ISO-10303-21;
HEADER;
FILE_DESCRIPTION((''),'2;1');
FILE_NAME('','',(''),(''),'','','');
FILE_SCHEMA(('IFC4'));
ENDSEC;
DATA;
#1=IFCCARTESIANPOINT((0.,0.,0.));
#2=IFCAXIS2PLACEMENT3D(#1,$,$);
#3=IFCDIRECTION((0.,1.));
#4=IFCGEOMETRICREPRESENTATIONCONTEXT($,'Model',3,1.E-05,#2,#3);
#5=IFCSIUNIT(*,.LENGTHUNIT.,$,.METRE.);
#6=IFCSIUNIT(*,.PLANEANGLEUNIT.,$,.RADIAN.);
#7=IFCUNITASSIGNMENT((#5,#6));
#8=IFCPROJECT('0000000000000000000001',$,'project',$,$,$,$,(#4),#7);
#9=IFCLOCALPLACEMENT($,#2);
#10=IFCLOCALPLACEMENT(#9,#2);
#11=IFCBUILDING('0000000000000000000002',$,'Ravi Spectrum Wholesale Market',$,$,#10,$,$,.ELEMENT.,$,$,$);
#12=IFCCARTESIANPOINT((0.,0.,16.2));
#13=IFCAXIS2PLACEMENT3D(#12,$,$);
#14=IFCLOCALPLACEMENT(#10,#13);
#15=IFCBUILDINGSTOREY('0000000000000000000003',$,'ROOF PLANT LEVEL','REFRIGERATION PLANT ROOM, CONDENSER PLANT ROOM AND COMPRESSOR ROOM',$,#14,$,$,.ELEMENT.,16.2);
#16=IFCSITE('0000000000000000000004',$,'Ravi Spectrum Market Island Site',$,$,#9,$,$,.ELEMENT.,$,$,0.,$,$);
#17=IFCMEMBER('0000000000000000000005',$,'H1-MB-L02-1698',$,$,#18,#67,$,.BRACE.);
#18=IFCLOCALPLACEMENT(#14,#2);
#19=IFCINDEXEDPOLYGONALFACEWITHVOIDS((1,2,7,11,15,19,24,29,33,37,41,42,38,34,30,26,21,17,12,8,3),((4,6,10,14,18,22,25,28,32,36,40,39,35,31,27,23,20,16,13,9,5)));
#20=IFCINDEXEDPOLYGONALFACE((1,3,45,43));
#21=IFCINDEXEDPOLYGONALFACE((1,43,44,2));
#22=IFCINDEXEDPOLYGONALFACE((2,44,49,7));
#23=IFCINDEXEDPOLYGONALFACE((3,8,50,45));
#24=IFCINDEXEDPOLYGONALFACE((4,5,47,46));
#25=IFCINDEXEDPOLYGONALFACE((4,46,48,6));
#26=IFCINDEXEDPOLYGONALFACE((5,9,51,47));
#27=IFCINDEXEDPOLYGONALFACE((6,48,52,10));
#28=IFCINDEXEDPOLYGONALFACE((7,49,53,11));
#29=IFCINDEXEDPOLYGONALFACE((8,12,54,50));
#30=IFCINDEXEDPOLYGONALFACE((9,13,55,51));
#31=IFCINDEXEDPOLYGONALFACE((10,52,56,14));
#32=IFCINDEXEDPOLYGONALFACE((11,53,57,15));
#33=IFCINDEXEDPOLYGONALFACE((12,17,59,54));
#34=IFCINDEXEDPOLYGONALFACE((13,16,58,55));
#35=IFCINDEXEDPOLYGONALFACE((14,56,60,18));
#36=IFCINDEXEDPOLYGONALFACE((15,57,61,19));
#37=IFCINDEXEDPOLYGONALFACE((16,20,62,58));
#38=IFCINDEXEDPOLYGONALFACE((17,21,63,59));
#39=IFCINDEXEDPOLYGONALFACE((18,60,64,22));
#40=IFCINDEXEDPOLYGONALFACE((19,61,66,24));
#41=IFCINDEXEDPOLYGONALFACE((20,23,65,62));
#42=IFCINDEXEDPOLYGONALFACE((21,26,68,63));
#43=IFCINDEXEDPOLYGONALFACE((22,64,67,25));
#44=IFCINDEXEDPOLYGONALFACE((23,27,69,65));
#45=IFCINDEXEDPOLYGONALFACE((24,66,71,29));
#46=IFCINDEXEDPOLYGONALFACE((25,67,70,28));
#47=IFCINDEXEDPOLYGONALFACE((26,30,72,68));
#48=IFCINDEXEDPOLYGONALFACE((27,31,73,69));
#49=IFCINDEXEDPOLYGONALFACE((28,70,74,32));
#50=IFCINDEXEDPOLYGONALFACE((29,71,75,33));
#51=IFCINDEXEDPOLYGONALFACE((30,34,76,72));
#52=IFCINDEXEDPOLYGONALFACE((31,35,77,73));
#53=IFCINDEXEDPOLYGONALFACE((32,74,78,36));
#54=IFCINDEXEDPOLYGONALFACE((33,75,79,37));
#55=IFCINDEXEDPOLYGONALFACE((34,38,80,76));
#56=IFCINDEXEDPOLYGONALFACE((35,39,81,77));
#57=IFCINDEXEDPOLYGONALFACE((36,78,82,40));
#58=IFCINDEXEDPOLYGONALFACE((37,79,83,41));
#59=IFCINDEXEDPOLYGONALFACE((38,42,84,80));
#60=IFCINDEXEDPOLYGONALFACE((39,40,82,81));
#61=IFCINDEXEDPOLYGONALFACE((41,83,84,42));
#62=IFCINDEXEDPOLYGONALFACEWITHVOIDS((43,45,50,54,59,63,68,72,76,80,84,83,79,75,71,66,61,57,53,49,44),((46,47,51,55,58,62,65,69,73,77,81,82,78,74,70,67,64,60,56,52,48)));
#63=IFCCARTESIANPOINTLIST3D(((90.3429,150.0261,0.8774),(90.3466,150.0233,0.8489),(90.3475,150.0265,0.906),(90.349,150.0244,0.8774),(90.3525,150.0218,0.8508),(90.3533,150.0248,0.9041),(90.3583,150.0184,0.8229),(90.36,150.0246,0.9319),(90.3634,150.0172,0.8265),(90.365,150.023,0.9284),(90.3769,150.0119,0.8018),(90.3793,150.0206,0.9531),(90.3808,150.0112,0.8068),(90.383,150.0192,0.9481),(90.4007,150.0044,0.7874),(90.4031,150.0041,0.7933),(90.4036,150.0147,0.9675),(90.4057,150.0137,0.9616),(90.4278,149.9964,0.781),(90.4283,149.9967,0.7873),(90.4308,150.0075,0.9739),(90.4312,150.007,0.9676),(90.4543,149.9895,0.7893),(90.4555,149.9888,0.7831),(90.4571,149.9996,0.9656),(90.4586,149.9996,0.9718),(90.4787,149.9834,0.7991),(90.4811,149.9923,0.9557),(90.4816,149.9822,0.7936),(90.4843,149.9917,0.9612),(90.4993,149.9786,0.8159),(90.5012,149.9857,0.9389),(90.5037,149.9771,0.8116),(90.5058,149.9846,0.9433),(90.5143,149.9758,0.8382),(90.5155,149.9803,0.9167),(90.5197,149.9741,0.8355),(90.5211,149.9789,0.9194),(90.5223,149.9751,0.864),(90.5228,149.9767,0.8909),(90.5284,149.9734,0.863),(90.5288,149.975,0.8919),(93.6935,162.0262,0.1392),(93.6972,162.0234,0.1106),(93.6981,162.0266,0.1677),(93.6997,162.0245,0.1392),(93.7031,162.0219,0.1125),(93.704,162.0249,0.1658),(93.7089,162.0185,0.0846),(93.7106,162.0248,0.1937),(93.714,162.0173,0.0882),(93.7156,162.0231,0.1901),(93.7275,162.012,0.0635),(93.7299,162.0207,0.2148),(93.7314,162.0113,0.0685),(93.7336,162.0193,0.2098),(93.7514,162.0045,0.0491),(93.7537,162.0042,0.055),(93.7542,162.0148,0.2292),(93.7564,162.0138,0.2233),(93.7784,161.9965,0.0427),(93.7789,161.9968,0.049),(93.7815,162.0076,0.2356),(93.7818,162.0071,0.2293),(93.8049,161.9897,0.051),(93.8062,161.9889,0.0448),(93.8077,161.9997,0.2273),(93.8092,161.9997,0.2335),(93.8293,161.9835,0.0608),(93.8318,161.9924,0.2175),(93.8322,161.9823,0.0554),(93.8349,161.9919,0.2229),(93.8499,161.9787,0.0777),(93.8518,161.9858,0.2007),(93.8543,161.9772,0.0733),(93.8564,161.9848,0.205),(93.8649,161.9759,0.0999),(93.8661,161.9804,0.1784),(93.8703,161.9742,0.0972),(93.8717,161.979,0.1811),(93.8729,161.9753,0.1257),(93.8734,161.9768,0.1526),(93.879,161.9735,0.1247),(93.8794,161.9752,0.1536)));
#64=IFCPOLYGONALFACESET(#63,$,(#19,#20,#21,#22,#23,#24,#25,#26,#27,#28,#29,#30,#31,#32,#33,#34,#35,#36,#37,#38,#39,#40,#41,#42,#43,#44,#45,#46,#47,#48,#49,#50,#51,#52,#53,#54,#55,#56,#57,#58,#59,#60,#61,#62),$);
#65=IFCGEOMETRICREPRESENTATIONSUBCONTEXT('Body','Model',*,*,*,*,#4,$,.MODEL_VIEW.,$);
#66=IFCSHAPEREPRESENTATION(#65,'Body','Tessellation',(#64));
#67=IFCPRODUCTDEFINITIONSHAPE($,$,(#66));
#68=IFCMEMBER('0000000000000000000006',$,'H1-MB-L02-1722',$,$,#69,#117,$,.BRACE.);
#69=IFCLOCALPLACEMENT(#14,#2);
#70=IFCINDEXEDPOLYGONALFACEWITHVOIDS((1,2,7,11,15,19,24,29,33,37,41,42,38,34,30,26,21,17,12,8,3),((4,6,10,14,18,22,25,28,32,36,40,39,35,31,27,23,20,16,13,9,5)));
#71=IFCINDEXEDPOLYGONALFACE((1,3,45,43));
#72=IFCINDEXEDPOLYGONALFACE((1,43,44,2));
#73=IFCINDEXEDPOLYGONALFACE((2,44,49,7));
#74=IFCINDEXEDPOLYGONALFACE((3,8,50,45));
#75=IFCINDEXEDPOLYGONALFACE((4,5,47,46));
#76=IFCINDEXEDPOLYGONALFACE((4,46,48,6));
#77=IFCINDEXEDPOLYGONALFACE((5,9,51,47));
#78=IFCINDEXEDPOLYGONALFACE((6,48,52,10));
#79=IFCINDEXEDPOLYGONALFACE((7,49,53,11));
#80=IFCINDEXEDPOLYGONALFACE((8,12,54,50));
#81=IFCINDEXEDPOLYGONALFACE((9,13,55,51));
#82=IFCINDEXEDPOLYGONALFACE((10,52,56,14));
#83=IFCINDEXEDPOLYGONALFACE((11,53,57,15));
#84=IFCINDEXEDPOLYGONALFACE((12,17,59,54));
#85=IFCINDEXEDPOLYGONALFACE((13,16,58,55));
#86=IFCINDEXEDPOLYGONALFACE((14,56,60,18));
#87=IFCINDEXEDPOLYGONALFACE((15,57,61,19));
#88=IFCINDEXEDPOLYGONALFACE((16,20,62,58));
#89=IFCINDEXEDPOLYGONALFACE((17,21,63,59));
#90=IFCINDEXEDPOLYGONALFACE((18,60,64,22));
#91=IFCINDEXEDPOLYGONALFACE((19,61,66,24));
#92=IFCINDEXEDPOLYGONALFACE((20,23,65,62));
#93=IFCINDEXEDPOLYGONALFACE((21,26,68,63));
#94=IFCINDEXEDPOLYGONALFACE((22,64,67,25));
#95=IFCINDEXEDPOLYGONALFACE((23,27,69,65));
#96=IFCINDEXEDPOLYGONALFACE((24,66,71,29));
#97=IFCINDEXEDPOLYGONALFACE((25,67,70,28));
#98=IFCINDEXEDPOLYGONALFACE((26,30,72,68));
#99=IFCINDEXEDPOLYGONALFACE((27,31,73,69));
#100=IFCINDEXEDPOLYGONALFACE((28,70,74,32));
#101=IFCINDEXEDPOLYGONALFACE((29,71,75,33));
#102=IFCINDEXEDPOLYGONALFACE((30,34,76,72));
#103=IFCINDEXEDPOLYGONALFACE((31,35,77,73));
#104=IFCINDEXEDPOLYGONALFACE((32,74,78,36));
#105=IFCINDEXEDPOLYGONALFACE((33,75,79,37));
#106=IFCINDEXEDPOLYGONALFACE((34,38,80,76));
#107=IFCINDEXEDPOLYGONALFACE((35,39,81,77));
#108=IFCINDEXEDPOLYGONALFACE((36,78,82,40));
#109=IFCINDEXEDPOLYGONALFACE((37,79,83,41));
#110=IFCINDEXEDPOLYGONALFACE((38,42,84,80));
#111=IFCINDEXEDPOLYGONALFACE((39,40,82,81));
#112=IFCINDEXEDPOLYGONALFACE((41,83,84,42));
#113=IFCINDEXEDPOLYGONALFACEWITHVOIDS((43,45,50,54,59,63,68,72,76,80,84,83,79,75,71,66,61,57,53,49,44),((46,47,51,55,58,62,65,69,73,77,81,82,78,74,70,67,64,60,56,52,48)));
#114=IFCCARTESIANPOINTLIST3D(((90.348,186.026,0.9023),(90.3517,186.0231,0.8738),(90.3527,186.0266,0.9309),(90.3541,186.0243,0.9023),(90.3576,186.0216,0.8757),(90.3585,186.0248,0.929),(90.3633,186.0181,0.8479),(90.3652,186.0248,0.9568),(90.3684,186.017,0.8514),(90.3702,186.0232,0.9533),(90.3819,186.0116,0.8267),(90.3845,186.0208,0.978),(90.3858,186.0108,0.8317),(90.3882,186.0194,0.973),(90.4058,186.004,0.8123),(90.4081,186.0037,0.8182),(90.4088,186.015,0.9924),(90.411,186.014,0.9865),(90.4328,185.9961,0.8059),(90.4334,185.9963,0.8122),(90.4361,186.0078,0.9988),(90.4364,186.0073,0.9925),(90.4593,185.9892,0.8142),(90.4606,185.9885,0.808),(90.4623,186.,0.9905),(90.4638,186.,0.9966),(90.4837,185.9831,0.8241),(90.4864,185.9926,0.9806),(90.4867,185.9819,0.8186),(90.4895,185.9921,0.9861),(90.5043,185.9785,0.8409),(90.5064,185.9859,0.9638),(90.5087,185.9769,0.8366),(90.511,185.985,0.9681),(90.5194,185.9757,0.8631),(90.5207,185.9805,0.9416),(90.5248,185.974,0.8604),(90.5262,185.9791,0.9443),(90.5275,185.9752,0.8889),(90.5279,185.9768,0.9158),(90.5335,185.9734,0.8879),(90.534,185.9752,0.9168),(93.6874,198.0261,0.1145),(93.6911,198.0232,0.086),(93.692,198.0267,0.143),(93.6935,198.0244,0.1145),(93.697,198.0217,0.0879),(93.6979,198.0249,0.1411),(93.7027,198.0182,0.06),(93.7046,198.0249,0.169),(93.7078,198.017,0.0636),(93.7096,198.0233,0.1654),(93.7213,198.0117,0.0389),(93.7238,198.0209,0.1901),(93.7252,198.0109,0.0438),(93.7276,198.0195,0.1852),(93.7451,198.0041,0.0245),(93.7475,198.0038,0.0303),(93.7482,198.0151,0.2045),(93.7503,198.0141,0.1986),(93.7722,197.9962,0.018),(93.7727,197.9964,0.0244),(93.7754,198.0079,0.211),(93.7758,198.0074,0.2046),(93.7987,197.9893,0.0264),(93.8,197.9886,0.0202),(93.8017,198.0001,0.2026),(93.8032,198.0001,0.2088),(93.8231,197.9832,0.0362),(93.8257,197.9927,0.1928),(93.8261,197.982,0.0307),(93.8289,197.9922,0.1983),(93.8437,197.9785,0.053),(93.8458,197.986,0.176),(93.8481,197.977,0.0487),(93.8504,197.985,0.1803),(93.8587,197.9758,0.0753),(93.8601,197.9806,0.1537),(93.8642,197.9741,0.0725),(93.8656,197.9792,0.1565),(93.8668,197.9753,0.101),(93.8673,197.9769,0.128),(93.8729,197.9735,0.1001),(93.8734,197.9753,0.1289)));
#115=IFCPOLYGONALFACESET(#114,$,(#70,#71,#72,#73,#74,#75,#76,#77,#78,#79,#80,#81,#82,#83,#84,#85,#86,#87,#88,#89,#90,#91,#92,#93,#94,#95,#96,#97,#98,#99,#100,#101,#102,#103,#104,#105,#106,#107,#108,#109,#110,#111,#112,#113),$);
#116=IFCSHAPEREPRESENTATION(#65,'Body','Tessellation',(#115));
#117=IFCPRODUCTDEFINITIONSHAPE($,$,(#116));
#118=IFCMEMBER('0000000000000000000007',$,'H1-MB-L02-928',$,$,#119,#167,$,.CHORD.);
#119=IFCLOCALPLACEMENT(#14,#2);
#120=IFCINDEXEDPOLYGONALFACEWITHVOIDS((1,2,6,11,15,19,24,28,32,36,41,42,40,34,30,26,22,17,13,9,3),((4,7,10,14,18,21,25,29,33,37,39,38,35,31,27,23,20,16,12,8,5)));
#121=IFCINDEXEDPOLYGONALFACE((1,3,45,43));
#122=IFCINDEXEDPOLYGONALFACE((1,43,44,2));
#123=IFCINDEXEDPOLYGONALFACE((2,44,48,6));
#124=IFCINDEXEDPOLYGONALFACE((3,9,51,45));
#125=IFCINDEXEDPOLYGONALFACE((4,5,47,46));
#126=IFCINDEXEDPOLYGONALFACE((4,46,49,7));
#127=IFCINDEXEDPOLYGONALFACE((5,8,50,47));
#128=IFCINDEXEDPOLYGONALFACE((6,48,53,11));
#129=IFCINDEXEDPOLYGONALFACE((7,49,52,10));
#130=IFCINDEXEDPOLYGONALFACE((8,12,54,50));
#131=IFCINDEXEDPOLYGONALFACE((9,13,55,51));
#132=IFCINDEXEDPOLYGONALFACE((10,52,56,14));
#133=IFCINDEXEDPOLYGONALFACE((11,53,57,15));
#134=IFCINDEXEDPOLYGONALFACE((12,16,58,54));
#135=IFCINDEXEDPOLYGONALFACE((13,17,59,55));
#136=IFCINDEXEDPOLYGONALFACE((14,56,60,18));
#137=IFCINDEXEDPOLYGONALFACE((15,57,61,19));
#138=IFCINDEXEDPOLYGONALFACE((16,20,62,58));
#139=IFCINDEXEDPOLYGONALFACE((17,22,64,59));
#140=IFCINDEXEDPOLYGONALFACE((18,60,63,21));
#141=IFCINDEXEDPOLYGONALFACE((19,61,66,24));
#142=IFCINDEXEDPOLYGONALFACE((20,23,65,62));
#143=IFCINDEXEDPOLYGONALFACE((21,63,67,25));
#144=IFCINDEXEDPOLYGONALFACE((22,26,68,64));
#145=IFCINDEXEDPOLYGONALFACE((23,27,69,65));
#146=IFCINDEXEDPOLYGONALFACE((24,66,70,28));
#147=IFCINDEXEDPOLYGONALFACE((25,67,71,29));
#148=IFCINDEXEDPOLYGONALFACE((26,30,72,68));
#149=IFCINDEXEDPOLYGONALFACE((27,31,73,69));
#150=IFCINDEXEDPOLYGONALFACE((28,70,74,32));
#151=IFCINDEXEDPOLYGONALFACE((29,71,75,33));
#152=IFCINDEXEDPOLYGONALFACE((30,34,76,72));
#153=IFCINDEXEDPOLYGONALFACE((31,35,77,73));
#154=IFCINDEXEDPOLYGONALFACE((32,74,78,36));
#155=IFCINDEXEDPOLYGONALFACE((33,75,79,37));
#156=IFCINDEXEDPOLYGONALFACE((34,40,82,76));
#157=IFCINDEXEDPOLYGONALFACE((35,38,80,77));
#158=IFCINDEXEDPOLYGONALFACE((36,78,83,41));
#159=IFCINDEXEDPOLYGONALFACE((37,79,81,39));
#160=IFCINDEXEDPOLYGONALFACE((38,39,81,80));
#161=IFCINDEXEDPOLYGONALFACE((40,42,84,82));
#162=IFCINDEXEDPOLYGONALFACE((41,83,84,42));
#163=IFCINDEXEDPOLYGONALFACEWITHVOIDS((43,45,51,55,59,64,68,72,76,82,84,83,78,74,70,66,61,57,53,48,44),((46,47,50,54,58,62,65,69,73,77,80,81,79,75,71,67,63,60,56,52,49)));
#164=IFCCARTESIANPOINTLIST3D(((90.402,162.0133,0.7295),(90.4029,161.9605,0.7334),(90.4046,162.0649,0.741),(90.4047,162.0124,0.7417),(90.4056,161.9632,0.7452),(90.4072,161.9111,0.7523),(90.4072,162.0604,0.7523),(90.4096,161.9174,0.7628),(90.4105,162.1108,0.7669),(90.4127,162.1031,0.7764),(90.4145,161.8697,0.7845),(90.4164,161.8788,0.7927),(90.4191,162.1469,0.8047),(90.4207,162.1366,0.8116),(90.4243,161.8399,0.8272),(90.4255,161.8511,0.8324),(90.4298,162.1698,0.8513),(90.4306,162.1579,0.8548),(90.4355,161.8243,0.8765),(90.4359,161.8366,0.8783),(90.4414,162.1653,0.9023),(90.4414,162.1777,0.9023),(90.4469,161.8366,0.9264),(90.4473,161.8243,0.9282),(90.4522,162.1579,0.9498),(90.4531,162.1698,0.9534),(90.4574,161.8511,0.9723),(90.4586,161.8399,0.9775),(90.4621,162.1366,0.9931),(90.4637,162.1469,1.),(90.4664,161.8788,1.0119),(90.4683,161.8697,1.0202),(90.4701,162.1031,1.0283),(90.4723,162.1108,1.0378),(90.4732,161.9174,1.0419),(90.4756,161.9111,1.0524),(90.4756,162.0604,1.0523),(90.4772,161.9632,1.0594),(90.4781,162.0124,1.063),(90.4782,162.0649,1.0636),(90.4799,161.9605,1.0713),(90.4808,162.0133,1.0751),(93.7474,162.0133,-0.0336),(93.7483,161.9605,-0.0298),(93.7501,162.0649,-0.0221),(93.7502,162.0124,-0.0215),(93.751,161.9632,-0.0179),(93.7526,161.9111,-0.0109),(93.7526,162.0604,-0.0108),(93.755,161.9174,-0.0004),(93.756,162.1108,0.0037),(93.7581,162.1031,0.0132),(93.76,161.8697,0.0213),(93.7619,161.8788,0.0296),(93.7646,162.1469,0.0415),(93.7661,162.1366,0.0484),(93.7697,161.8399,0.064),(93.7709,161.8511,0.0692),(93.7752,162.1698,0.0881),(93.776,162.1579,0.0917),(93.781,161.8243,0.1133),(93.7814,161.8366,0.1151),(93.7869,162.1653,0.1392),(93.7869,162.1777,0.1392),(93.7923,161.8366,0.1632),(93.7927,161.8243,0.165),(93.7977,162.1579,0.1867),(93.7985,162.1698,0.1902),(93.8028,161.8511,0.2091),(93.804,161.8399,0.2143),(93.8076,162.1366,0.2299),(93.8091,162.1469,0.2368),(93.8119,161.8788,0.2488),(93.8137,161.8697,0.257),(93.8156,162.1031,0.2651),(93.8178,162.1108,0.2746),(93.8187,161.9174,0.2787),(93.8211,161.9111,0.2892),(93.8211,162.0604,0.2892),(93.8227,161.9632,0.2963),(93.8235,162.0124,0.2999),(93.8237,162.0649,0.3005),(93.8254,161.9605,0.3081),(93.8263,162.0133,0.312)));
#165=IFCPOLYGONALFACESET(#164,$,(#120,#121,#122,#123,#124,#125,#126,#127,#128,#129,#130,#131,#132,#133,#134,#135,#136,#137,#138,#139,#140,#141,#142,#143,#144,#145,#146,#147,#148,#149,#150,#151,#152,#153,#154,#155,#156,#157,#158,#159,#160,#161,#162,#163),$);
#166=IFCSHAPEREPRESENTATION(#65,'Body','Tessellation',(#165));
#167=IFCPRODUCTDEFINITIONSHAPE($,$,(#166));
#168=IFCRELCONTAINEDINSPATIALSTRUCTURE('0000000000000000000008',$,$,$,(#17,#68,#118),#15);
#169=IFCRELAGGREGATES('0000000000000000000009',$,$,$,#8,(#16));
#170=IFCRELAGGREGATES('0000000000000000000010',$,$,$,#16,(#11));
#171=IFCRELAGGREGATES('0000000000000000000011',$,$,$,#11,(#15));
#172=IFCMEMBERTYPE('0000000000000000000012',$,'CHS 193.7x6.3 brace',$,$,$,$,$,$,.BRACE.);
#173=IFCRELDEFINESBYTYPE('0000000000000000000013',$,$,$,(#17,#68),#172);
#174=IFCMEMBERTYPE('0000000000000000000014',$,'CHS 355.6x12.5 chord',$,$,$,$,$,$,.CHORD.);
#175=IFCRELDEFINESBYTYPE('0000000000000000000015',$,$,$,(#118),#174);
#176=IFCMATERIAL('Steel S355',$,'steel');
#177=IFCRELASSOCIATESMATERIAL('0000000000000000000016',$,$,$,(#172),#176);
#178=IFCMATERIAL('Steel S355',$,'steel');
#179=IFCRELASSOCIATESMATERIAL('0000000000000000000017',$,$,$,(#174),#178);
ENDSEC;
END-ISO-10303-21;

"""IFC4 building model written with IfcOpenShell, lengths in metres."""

from ifc_helpers import new_model, si_unit, direction, frame, origin, origin_2d, place, context, subcontext, project, spatial, hollow_circle, extrude, material, material_profile, profile_set, type_object, element, save


model = new_model("IFC4")

# Units and contexts
model_context = context("Model", 3, precision=1e-05, world=origin(), true_north=direction((0.0, 1.0)))
body_context = subcontext(model_context, "Body", "Model", "MODEL_VIEW")
ifc_project = project(units=[si_unit("LENGTHUNIT", "METRE"), si_unit("PLANEANGLEUNIT", "RADIAN")], contexts=[model_context])

# Site, building, storey
site_placement = place(None, origin())
site = spatial("IfcSite", under=ifc_project, at=site_placement, Name="Ravi Spectrum Market Island Site", CompositionType="ELEMENT", RefElevation=0.0)
building_placement = place(site_placement, origin())
building = spatial("IfcBuilding", under=site, at=building_placement, Name="Ravi Spectrum Wholesale Market", CompositionType="ELEMENT")
storey_placement = place(building_placement, frame((0.0, 0.0, 16.2)))
storey = spatial("IfcBuildingStorey", under=building, at=storey_placement, Name="ROOF PLANT LEVEL", Description="REFRIGERATION PLANT ROOM, CONDENSER PLANT ROOM AND COMPRESSOR ROOM", CompositionType="ELEMENT", Elevation=16.2)

# Members
ifc_material_1 = material(Name="Steel S355", Category="steel")
ifc_material_profile_1 = material_profile(ifc_material_1, hollow_circle(Radius=0.0969, WallThickness=0.0063, at=origin_2d()))
ifc_profile_set_1 = profile_set([ifc_material_profile_1], Name="Steel S355")
member_type_1 = type_object("IfcMemberType", Name="CHS 193.7x6.3 brace", PredefinedType="BRACE", material=ifc_profile_set_1)
for number, where, z_axis, x_axis, name in (
    (1, (90.4363, 150.0, 0.8774), (0.268458, 0.961473, -0.059153), (-0.96316, 0.268929, 0.0), "H1-MB-L02-1698"),
    (2, (90.4414, 186.0, 0.9023), (0.267558, 0.961472, -0.063124), (-0.963393, 0.268093, 0.0), "H1-MB-L02-1722"),
):
    element("IfcMember", number, at=place(storey_placement, frame(where, z_axis=z_axis, x_axis=x_axis)), inside=storey, type_object=member_type_1, Name=name, PredefinedType="BRACE", context=body_context, shape_type="SweptSolid", body=[
        extrude(hollow_circle(Radius=0.0969, WallThickness=0.0063, at=origin_2d()), origin(), (0.0, 0.0, 1.0), 12.481),
    ])
ifc_material_2 = material(Name="Steel S355", Category="steel")
ifc_material_profile_2 = material_profile(ifc_material_2, hollow_circle(Radius=0.1777, WallThickness=0.0125, at=origin_2d()))
ifc_profile_set_2 = profile_set([ifc_material_profile_2], Name="Steel S355")
member_type_2 = type_object("IfcMemberType", Name="CHS 355.6x12.5 chord", PredefinedType="CHORD", material=ifc_profile_set_2)
for number, where, z_axis, x_axis, name in (
    (3, (90.4414, 162.0, 0.9023), (0.974953, 0.0, -0.222411), (0.0, 1.0, 0.0), "H1-MB-L02-928"),
):
    element("IfcMember", number, at=place(storey_placement, frame(where, z_axis=z_axis, x_axis=x_axis)), inside=storey, type_object=member_type_2, Name=name, PredefinedType="CHORD", context=body_context, shape_type="SweptSolid", body=[
        extrude(hollow_circle(Radius=0.1777, WallThickness=0.0125, at=origin_2d()), origin(), (0.0, 0.0, 1.0), 3.4314),
    ])

save(model, "model.ifc")
